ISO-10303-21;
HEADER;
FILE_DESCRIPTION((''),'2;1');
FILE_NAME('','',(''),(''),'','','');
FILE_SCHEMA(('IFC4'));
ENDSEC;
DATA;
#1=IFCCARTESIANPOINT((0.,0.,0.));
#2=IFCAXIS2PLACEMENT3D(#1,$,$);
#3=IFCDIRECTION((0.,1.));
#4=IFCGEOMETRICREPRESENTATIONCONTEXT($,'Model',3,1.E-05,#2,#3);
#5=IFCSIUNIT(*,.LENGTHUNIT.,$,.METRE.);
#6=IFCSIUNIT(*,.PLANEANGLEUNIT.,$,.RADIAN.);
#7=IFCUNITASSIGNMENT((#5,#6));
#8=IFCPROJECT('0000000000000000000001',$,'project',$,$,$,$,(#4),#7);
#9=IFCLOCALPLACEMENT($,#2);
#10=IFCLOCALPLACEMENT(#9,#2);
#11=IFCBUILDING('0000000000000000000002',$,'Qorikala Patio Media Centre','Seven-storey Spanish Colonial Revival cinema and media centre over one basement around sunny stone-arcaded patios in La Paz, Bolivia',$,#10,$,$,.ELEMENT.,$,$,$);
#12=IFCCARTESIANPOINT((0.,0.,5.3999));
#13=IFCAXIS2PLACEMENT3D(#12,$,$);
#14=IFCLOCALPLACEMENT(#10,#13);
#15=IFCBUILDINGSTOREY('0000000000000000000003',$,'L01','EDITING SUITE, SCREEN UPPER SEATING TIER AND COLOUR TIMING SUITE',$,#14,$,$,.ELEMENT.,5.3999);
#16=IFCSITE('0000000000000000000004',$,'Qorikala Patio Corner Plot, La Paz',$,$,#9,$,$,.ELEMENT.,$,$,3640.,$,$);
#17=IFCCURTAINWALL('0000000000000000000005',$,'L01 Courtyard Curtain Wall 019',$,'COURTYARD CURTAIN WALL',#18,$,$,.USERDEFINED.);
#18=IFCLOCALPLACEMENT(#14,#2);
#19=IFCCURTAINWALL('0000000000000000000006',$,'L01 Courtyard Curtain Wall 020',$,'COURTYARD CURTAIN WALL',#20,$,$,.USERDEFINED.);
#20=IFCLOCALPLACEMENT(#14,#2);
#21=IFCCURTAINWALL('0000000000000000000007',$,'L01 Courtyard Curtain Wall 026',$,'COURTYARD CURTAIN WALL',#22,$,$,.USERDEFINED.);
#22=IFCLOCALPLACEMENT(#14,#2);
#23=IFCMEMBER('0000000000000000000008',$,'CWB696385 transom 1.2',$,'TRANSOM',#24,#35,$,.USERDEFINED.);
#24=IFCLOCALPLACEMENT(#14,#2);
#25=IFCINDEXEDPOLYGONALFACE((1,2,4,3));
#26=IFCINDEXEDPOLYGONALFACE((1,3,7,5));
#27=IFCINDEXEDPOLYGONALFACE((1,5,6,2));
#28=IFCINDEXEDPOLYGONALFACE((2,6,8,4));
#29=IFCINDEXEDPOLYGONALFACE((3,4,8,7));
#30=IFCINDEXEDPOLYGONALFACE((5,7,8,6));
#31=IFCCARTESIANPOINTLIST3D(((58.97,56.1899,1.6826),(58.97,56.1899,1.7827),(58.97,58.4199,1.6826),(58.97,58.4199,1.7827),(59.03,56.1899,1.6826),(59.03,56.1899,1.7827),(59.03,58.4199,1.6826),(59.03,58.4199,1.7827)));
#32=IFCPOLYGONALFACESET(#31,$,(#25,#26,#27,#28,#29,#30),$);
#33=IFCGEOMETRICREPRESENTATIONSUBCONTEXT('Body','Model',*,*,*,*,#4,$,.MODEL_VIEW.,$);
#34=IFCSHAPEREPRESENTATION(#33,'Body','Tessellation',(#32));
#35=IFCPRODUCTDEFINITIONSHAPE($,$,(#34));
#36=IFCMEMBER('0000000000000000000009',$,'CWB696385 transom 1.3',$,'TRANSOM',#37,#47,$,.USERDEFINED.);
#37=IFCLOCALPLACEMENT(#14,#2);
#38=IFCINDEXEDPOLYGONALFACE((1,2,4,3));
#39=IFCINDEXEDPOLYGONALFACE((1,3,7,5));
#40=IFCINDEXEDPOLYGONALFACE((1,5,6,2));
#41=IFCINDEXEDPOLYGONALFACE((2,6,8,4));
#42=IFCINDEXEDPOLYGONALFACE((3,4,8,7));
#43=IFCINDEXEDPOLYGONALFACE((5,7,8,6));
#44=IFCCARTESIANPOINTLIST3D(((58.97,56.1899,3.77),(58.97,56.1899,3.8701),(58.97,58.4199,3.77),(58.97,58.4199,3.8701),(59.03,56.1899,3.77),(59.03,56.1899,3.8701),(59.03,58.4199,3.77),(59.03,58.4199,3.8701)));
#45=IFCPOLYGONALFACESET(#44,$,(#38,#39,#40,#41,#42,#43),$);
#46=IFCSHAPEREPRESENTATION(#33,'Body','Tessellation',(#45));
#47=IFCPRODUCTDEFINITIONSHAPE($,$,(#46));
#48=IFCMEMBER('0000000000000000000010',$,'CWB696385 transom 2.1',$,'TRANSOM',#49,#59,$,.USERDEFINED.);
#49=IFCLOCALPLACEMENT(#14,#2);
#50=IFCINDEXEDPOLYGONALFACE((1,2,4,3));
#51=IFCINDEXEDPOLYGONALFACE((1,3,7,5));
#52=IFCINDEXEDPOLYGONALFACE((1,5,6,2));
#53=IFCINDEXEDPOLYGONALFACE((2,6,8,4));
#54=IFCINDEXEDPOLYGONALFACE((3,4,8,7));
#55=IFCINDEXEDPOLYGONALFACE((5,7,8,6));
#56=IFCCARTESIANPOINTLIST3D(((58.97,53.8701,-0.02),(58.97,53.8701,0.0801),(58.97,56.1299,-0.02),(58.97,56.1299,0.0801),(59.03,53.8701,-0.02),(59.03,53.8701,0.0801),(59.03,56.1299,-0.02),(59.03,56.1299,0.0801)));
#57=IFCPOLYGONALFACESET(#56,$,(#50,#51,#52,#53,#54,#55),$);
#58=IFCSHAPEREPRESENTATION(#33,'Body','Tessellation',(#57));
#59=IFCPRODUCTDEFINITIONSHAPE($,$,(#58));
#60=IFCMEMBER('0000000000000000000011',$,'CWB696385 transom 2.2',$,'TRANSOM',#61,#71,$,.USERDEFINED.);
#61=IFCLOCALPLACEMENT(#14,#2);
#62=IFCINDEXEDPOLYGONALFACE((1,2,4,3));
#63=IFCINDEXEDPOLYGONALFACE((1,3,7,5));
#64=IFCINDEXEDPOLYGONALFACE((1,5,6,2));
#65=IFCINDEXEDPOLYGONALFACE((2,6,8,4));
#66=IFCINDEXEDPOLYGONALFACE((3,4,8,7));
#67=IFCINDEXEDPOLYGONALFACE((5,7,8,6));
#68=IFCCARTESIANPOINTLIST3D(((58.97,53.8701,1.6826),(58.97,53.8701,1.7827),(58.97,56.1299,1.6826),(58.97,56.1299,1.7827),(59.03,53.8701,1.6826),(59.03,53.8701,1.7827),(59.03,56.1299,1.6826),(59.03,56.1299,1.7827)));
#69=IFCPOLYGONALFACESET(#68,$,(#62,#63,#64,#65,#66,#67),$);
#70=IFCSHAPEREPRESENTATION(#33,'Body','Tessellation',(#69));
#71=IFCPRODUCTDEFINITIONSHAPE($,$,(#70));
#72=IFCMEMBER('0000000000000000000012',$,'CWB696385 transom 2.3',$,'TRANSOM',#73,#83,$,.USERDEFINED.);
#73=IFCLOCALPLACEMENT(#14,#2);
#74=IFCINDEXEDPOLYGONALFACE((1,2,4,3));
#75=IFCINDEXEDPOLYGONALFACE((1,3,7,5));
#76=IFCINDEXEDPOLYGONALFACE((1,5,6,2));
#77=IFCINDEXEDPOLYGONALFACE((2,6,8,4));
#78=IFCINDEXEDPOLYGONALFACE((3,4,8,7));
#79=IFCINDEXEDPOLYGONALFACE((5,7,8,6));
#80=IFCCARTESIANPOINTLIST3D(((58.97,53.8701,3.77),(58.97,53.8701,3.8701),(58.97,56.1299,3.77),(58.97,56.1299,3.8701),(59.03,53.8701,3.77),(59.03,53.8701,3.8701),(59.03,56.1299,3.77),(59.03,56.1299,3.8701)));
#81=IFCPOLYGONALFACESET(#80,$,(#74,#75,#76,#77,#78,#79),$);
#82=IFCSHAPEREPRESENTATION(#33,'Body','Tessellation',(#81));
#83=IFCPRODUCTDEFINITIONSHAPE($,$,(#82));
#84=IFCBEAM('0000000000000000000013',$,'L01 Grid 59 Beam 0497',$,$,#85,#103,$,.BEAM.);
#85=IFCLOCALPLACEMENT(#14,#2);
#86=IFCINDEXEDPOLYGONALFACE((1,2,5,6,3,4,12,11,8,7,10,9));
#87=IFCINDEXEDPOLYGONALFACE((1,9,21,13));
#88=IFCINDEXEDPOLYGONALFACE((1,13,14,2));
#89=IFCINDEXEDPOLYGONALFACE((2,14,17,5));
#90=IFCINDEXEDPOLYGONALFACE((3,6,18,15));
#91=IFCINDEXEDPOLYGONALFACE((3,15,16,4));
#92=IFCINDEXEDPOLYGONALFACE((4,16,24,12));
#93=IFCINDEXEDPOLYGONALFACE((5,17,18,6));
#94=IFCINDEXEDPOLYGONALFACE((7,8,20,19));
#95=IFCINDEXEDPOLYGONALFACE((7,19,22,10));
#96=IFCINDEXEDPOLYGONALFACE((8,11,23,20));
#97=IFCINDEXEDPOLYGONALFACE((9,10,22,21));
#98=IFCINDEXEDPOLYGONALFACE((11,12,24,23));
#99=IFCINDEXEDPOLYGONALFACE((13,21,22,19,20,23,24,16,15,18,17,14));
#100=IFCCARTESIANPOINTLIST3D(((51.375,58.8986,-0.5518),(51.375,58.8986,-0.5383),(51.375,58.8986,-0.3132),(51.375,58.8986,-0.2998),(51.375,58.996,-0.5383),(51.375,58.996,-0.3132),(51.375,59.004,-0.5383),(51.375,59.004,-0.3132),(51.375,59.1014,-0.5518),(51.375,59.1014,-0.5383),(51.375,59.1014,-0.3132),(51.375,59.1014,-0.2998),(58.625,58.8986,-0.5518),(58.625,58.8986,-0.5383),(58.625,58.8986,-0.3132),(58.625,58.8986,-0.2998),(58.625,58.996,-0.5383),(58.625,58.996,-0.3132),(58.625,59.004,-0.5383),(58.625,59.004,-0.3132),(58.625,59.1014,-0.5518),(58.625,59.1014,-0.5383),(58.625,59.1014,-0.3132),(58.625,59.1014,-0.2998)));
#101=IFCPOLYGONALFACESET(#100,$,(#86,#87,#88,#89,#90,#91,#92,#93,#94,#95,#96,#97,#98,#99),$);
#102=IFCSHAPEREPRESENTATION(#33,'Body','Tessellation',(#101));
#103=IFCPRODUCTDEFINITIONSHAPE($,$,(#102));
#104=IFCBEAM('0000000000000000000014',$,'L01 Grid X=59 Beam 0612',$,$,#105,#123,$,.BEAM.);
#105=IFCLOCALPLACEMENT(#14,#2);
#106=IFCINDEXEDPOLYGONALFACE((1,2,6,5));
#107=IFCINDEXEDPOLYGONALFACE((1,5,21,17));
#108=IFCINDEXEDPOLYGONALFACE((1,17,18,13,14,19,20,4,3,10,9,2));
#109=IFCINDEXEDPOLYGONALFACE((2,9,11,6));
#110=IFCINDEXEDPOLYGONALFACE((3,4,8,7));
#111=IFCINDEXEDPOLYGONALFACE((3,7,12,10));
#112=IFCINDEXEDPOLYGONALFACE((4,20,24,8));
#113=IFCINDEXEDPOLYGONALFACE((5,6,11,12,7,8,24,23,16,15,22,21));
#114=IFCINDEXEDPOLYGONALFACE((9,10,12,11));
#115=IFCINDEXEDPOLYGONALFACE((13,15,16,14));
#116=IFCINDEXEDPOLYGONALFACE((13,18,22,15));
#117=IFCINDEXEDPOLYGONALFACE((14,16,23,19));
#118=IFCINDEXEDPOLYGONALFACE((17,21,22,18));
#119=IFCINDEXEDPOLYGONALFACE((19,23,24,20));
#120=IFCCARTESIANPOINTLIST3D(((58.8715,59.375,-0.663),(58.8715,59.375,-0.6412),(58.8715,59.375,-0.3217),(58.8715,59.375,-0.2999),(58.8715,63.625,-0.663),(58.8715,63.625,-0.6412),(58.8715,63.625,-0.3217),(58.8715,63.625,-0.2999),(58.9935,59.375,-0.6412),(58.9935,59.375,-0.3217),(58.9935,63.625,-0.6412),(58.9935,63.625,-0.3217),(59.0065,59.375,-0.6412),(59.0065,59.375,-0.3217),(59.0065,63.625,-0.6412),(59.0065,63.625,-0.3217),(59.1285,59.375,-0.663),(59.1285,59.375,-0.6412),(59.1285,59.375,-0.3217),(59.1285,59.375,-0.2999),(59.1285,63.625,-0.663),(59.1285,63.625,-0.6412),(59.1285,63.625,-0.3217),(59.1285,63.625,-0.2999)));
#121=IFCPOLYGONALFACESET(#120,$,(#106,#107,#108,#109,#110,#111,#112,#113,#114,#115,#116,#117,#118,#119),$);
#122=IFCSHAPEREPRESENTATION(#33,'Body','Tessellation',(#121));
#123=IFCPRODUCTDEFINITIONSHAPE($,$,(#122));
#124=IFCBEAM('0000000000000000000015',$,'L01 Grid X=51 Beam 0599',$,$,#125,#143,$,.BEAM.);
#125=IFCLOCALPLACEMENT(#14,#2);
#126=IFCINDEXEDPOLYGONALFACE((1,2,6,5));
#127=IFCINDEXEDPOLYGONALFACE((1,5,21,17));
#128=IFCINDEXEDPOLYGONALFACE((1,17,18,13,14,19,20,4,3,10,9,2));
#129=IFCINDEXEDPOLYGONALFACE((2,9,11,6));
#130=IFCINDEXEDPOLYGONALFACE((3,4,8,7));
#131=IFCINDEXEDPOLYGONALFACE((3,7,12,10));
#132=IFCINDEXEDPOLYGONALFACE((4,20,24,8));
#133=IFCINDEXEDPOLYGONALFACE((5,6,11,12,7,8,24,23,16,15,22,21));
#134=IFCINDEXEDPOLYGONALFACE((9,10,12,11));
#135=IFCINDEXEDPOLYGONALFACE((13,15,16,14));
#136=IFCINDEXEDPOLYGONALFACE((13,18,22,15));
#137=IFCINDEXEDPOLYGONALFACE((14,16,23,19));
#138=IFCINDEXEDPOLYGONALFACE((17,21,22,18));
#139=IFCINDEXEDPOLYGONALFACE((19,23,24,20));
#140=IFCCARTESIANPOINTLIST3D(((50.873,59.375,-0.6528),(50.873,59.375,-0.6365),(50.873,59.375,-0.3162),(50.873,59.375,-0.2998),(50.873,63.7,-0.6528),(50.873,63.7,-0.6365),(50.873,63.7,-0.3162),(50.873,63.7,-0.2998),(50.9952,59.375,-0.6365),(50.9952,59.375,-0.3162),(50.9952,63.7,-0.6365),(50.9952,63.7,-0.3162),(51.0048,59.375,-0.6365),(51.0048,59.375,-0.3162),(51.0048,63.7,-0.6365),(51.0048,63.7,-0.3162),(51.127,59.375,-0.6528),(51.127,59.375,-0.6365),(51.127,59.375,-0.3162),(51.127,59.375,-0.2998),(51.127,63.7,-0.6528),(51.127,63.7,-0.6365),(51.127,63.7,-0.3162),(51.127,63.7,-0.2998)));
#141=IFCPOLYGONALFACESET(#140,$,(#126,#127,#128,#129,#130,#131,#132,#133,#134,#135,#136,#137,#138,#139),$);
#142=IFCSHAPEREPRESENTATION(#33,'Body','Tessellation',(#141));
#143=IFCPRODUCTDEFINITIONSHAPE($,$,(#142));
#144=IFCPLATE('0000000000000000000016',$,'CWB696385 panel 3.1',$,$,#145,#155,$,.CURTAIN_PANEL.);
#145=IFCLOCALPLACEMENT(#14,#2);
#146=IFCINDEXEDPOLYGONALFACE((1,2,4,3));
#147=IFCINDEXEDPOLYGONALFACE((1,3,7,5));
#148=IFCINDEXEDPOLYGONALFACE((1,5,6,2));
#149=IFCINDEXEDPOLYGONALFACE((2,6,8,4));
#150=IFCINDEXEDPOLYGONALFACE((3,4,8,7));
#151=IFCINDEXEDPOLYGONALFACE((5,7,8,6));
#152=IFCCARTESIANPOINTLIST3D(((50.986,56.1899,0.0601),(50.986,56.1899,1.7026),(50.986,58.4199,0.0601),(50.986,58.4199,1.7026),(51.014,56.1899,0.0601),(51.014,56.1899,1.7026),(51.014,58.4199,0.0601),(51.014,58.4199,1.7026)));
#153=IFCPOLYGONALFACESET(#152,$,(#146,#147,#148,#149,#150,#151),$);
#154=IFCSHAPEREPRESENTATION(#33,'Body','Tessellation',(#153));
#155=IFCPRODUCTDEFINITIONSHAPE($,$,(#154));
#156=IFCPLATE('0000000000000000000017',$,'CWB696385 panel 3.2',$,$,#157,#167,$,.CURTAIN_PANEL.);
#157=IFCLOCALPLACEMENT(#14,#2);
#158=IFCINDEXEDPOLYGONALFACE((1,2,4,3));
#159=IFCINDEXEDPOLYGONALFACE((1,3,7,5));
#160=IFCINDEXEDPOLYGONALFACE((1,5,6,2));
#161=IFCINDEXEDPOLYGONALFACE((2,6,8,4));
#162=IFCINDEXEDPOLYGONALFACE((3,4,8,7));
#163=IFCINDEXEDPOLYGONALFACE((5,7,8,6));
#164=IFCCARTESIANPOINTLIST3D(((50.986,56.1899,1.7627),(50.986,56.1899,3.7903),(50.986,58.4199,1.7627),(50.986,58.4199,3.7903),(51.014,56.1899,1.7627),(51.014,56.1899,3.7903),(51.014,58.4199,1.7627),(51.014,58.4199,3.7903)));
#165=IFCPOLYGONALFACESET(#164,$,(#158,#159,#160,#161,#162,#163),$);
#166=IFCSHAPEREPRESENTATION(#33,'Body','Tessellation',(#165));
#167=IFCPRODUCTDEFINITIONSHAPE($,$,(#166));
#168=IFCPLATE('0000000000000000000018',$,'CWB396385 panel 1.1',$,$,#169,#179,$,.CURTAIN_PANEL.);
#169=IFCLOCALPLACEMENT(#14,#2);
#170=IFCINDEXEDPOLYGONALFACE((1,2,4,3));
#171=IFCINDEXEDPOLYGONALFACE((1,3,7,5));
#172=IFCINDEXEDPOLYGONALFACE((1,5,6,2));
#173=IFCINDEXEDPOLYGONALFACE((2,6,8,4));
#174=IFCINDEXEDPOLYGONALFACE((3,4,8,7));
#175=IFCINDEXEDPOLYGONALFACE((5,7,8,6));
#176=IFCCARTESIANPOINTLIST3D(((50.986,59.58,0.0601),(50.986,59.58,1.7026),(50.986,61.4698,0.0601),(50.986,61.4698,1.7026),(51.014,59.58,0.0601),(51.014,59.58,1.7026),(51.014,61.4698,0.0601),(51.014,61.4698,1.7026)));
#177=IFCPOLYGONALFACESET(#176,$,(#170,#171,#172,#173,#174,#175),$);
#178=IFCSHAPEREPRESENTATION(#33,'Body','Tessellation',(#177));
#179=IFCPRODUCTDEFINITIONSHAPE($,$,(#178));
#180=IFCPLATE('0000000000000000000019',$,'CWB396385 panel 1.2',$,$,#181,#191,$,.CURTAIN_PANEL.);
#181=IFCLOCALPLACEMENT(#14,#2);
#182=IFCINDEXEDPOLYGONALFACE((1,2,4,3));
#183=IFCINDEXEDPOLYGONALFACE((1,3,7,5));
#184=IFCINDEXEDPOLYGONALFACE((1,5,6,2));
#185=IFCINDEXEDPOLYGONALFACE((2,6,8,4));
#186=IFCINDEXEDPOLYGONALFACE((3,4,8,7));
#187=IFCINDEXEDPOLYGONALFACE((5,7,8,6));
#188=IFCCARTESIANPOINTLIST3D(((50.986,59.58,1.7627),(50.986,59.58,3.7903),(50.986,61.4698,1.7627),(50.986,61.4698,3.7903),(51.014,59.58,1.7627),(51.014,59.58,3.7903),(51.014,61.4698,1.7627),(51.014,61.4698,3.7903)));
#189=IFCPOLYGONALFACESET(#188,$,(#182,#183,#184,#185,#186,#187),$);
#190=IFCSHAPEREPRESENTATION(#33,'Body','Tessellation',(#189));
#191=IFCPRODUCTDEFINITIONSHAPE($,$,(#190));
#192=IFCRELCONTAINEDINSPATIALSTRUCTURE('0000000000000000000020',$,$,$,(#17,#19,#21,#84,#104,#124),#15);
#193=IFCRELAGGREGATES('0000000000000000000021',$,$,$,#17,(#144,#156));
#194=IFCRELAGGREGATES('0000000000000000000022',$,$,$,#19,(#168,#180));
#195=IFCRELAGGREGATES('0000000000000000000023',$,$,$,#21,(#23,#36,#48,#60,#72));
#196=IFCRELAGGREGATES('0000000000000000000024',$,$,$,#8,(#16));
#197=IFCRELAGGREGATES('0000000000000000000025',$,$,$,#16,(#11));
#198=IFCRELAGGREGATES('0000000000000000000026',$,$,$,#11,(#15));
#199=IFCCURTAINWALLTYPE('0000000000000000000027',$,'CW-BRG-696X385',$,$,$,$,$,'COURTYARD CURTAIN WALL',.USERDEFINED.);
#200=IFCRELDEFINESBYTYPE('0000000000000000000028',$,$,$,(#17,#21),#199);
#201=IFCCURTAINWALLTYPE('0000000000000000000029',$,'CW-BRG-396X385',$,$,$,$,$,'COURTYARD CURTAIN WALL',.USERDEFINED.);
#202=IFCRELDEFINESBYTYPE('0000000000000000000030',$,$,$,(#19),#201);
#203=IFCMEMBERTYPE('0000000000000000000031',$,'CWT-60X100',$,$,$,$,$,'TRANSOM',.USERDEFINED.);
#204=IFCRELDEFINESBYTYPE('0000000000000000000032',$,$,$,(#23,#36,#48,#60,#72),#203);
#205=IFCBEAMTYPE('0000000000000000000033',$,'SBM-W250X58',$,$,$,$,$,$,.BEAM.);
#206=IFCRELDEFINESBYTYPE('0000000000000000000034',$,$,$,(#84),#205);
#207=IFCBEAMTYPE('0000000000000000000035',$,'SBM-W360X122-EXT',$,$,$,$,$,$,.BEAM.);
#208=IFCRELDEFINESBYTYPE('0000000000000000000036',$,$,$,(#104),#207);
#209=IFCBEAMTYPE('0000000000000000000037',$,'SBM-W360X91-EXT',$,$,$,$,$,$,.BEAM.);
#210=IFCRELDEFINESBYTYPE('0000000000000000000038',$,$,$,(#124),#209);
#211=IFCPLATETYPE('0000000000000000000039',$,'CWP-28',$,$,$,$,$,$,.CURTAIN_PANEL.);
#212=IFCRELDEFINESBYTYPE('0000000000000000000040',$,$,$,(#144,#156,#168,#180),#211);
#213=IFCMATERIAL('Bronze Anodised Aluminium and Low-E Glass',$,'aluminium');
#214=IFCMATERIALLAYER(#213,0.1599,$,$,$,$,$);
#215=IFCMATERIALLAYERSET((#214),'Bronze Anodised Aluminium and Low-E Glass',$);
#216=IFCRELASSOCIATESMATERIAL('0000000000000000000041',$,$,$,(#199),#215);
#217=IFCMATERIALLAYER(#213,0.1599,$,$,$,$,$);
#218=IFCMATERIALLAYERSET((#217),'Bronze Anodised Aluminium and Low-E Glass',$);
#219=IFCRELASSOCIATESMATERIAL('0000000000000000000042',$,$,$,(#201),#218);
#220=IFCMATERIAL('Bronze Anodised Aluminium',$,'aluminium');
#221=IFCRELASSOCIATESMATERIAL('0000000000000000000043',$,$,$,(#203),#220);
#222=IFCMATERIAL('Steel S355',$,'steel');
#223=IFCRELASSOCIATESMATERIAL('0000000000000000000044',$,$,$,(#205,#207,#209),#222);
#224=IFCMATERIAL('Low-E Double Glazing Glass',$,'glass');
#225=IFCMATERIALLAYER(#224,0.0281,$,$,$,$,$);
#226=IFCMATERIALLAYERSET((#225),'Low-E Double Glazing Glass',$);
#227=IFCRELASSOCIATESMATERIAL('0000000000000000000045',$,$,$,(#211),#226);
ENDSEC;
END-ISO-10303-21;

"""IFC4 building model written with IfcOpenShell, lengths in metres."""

from ifc_helpers import new_model, si_unit, direction, frame, origin, origin_2d, place, context, subcontext, project, spatial, rectangle, i_section, extrude, material, layer, layer_set, material_profile, profile_set, type_object, element, aggregate, save


model = new_model("IFC4")

# Units and contexts
model_context = context("Model", 3, precision=1e-05, world=origin(), true_north=direction((0.0, 1.0)))
body_context = subcontext(model_context, "Body", "Model", "MODEL_VIEW")
ifc_project = project(units=[si_unit("LENGTHUNIT", "METRE"), si_unit("PLANEANGLEUNIT", "RADIAN")], contexts=[model_context])

# Site, building, storey
site_placement = place(None, origin())
site = spatial("IfcSite", under=ifc_project, at=site_placement, Name="Qorikala Patio Corner Plot, La Paz", CompositionType="ELEMENT", RefElevation=3640.0)
building_placement = place(site_placement, origin())
building = spatial("IfcBuilding", under=site, at=building_placement, Name="Qorikala Patio Media Centre", Description="Seven-storey Spanish Colonial Revival cinema and media centre over one basement around sunny stone-arcaded patios in La Paz, Bolivia", CompositionType="ELEMENT")
storey_placement = place(building_placement, frame((0.0, 0.0, 5.3999)))
storey = spatial("IfcBuildingStorey", under=building, at=storey_placement, Name="L01", Description="EDITING SUITE, SCREEN UPPER SEATING TIER AND COLOUR TIMING SUITE", CompositionType="ELEMENT", Elevation=5.3999)

# Curtain wall
ifc_material_1 = material(Name="Bronze Anodised Aluminium and Low-E Glass", Category="aluminium")
ifc_layer_1 = layer(ifc_material_1, 0.1599)
ifc_layer_set_1 = layer_set([ifc_layer_1], Name="Bronze Anodised Aluminium and Low-E Glass")
curtain_wall_type_1 = type_object("IfcCurtainWallType", Name="CW-BRG-696X385", ElementType="COURTYARD CURTAIN WALL", PredefinedType="USERDEFINED", material=ifc_layer_set_1)
curtain_wall_1_placement = place(storey_placement, origin())
curtain_wall_1 = element("IfcCurtainWall", 1, at=curtain_wall_1_placement, inside=storey, type_object=curtain_wall_type_1, Name="L01 Courtyard Curtain Wall 019", ObjectType="COURTYARD CURTAIN WALL", PredefinedType="USERDEFINED")
ifc_material_2 = material(Name="Bronze Anodised Aluminium", Category="aluminium")

# Curtain wall
ifc_layer_2 = layer(ifc_material_1, 0.1599)
ifc_layer_set_2 = layer_set([ifc_layer_2], Name="Bronze Anodised Aluminium and Low-E Glass")
curtain_wall_type_2 = type_object("IfcCurtainWallType", Name="CW-BRG-396X385", ElementType="COURTYARD CURTAIN WALL", PredefinedType="USERDEFINED", material=ifc_layer_set_2)
curtain_wall_2_placement = place(storey_placement, origin())
curtain_wall_2 = element("IfcCurtainWall", 2, at=curtain_wall_2_placement, inside=storey, type_object=curtain_wall_type_2, Name="L01 Courtyard Curtain Wall 020", ObjectType="COURTYARD CURTAIN WALL", PredefinedType="USERDEFINED")

# Curtain wall
curtain_wall_3_placement = place(storey_placement, origin())
curtain_wall_3 = element("IfcCurtainWall", 3, at=curtain_wall_3_placement, inside=storey, type_object=curtain_wall_type_1, Name="L01 Courtyard Curtain Wall 026", ObjectType="COURTYARD CURTAIN WALL", PredefinedType="USERDEFINED")

# Members
ifc_material_profile_1 = material_profile(ifc_material_2, rectangle(XDim=0.0601, YDim=0.1001, at=origin_2d()), Name="ALU TRANSOM 60x100")
ifc_profile_set_1 = profile_set([ifc_material_profile_1], Name="Bronze Anodised Aluminium")
member_type_1 = type_object("IfcMemberType", Name="CWT-60X100", ElementType="TRANSOM", PredefinedType="USERDEFINED", material=ifc_profile_set_1)
member_1_placement = place(storey_placement, frame((59.0, 58.4199, 1.7327), z_axis=(0.0, -1.0, 0.0), x_axis=(1.0, 0.0, 0.0)))
member_1 = element("IfcMember", 4, at=member_1_placement, type_object=member_type_1, Name="CWB696385 transom 1.2", ObjectType="TRANSOM", PredefinedType="USERDEFINED", context=body_context, shape_type="SweptSolid", body=[
    extrude(rectangle(XDim=0.0601, YDim=0.1001, at=origin_2d()), origin(), (0.0, 0.0, 1.0), 2.23),
])
member_2_placement = place(storey_placement, frame((59.0, 58.4199, 3.8201), z_axis=(0.0, -1.0, 0.0), x_axis=(1.0, 0.0, 0.0)))
member_2 = element("IfcMember", 5, at=member_2_placement, type_object=member_type_1, Name="CWB696385 transom 1.3", ObjectType="TRANSOM", PredefinedType="USERDEFINED", context=body_context, shape_type="SweptSolid", body=[
    extrude(rectangle(XDim=0.0601, YDim=0.1001, at=origin_2d()), origin(), (0.0, 0.0, 1.0), 2.23),
])
member_3_placement = place(storey_placement, frame((59.0, 56.1299, 0.03), z_axis=(0.0, -1.0, 0.0), x_axis=(1.0, 0.0, 0.0)))
member_3 = element("IfcMember", 6, at=member_3_placement, type_object=member_type_1, Name="CWB696385 transom 2.1", ObjectType="TRANSOM", PredefinedType="USERDEFINED", context=body_context, shape_type="SweptSolid", body=[
    extrude(rectangle(XDim=0.0601, YDim=0.1001, at=origin_2d()), origin(), (0.0, 0.0, 1.0), 2.2598),
])
member_4_placement = place(storey_placement, frame((59.0, 56.1299, 1.7327), z_axis=(0.0, -1.0, 0.0), x_axis=(1.0, 0.0, 0.0)))
member_4 = element("IfcMember", 7, at=member_4_placement, type_object=member_type_1, Name="CWB696385 transom 2.2", ObjectType="TRANSOM", PredefinedType="USERDEFINED", context=body_context, shape_type="SweptSolid", body=[
    extrude(rectangle(XDim=0.0601, YDim=0.1001, at=origin_2d()), origin(), (0.0, 0.0, 1.0), 2.2598),
])
member_5_placement = place(storey_placement, frame((59.0, 56.1299, 3.8201), z_axis=(0.0, -1.0, 0.0), x_axis=(1.0, 0.0, 0.0)))
member_5 = element("IfcMember", 8, at=member_5_placement, type_object=member_type_1, Name="CWB696385 transom 2.3", ObjectType="TRANSOM", PredefinedType="USERDEFINED", context=body_context, shape_type="SweptSolid", body=[
    extrude(rectangle(XDim=0.0601, YDim=0.1001, at=origin_2d()), origin(), (0.0, 0.0, 1.0), 2.2598),
])

# Beams
ifc_material_3 = material(Name="Steel S355", Category="steel")
ifc_material_profile_2 = material_profile(ifc_material_3, i_section(OverallWidth=0.2029, OverallDepth=0.252, WebThickness=0.0081, FlangeThickness=0.0134, at=origin_2d()), Name="W250X58")
ifc_profile_set_2 = profile_set([ifc_material_profile_2], Name="Steel S355")
beam_type_1 = type_object("IfcBeamType", Name="SBM-W250X58", PredefinedType="BEAM", material=ifc_profile_set_2)
beam_1_placement = place(storey_placement, frame((51.375, 59.0, -0.4258), z_axis=(1.0, 0.0, 0.0), x_axis=(0.0, 1.0, 0.0)))
element("IfcBeam", 9, at=beam_1_placement, inside=storey, type_object=beam_type_1, Name="L01 Grid 59 Beam 0497", PredefinedType="BEAM", context=body_context, shape_type="SweptSolid", body=[
    extrude(i_section(OverallWidth=0.2029, OverallDepth=0.252, WebThickness=0.0081, FlangeThickness=0.0134, at=origin_2d()), origin(), (0.0, 0.0, 1.0), 7.25),
])
ifc_material_profile_3 = material_profile(ifc_material_3, i_section(OverallWidth=0.2571, OverallDepth=0.363, WebThickness=0.0129, FlangeThickness=0.0217, at=origin_2d()), Name="W360X122")
ifc_profile_set_3 = profile_set([ifc_material_profile_3], Name="Steel S355")
beam_type_2 = type_object("IfcBeamType", Name="SBM-W360X122-EXT", PredefinedType="BEAM", material=ifc_profile_set_3)
beam_2_placement = place(storey_placement, frame((59.0, 59.375, -0.4814), z_axis=(0.0, 1.0, 0.0), x_axis=(-1.0, 0.0, 0.0)))
element("IfcBeam", 10, at=beam_2_placement, inside=storey, type_object=beam_type_2, Name="L01 Grid X=59 Beam 0612", PredefinedType="BEAM", context=body_context, shape_type="SweptSolid", body=[
    extrude(i_section(OverallWidth=0.2571, OverallDepth=0.363, WebThickness=0.0129, FlangeThickness=0.0217, at=origin_2d()), origin(), (0.0, 0.0, 1.0), 4.25),
])
ifc_material_profile_4 = material_profile(ifc_material_3, i_section(OverallWidth=0.2539, OverallDepth=0.353, WebThickness=0.0095, FlangeThickness=0.0164, at=origin_2d()), Name="W360X91")
ifc_profile_set_4 = profile_set([ifc_material_profile_4], Name="Steel S355")
beam_type_3 = type_object("IfcBeamType", Name="SBM-W360X91-EXT", PredefinedType="BEAM", material=ifc_profile_set_4)
beam_3_placement = place(storey_placement, frame((51.0, 59.375, -0.4763), z_axis=(0.0, 1.0, 0.0), x_axis=(-1.0, 0.0, 0.0)))
element("IfcBeam", 11, at=beam_3_placement, inside=storey, type_object=beam_type_3, Name="L01 Grid X=51 Beam 0599", PredefinedType="BEAM", context=body_context, shape_type="SweptSolid", body=[
    extrude(i_section(OverallWidth=0.2539, OverallDepth=0.353, WebThickness=0.0095, FlangeThickness=0.0164, at=origin_2d()), origin(), (0.0, 0.0, 1.0), 4.325),
])

# Plates
ifc_material_4 = material(Name="Low-E Double Glazing Glass", Category="glass")
ifc_layer_3 = layer(ifc_material_4, 0.0281)
ifc_layer_set_3 = layer_set([ifc_layer_3], Name="Low-E Double Glazing Glass")
plate_type = type_object("IfcPlateType", Name="CWP-28", PredefinedType="CURTAIN_PANEL", material=ifc_layer_set_3)
plate_1_placement = place(storey_placement, frame((51.0, 57.3049, 0.0601), z_axis=(0.0, 0.0, 1.0), x_axis=(0.0, 1.0, 0.0)))
plate_1 = element("IfcPlate", 12, at=plate_1_placement, type_object=plate_type, Name="CWB696385 panel 3.1", PredefinedType="CURTAIN_PANEL", context=body_context, shape_type="SweptSolid", body=[
    extrude(rectangle(XDim=2.23, YDim=0.0281, at=origin_2d()), origin(), (0.0, 0.0, 1.0), 1.6426),
])
plate_2_placement = place(storey_placement, frame((51.0, 57.3049, 1.7627), z_axis=(0.0, 0.0, 1.0), x_axis=(0.0, 1.0, 0.0)))
plate_2 = element("IfcPlate", 13, at=plate_2_placement, type_object=plate_type, Name="CWB696385 panel 3.2", PredefinedType="CURTAIN_PANEL", context=body_context, shape_type="SweptSolid", body=[
    extrude(rectangle(XDim=2.23, YDim=0.0281, at=origin_2d()), origin(), (0.0, 0.0, 1.0), 2.0276),
])
aggregate(curtain_wall_1, [plate_1, plate_2])
plate_3_placement = place(storey_placement, frame((51.0, 60.5249, 0.0601), z_axis=(0.0, 0.0, 1.0), x_axis=(0.0, 1.0, 0.0)))
plate_3 = element("IfcPlate", 14, at=plate_3_placement, type_object=plate_type, Name="CWB396385 panel 1.1", PredefinedType="CURTAIN_PANEL", context=body_context, shape_type="SweptSolid", body=[
    extrude(rectangle(XDim=1.8899, YDim=0.0281, at=origin_2d()), origin(), (0.0, 0.0, 1.0), 1.6426),
])
plate_4_placement = place(storey_placement, frame((51.0, 60.5249, 1.7627), z_axis=(0.0, 0.0, 1.0), x_axis=(0.0, 1.0, 0.0)))
plate_4 = element("IfcPlate", 15, at=plate_4_placement, type_object=plate_type, Name="CWB396385 panel 1.2", PredefinedType="CURTAIN_PANEL", context=body_context, shape_type="SweptSolid", body=[
    extrude(rectangle(XDim=1.8899, YDim=0.0281, at=origin_2d()), origin(), (0.0, 0.0, 1.0), 2.0276),
])
aggregate(curtain_wall_2, [plate_3, plate_4])
aggregate(curtain_wall_3, [member_1, member_2, member_3, member_4, member_5])

save(model, "model.ifc")
